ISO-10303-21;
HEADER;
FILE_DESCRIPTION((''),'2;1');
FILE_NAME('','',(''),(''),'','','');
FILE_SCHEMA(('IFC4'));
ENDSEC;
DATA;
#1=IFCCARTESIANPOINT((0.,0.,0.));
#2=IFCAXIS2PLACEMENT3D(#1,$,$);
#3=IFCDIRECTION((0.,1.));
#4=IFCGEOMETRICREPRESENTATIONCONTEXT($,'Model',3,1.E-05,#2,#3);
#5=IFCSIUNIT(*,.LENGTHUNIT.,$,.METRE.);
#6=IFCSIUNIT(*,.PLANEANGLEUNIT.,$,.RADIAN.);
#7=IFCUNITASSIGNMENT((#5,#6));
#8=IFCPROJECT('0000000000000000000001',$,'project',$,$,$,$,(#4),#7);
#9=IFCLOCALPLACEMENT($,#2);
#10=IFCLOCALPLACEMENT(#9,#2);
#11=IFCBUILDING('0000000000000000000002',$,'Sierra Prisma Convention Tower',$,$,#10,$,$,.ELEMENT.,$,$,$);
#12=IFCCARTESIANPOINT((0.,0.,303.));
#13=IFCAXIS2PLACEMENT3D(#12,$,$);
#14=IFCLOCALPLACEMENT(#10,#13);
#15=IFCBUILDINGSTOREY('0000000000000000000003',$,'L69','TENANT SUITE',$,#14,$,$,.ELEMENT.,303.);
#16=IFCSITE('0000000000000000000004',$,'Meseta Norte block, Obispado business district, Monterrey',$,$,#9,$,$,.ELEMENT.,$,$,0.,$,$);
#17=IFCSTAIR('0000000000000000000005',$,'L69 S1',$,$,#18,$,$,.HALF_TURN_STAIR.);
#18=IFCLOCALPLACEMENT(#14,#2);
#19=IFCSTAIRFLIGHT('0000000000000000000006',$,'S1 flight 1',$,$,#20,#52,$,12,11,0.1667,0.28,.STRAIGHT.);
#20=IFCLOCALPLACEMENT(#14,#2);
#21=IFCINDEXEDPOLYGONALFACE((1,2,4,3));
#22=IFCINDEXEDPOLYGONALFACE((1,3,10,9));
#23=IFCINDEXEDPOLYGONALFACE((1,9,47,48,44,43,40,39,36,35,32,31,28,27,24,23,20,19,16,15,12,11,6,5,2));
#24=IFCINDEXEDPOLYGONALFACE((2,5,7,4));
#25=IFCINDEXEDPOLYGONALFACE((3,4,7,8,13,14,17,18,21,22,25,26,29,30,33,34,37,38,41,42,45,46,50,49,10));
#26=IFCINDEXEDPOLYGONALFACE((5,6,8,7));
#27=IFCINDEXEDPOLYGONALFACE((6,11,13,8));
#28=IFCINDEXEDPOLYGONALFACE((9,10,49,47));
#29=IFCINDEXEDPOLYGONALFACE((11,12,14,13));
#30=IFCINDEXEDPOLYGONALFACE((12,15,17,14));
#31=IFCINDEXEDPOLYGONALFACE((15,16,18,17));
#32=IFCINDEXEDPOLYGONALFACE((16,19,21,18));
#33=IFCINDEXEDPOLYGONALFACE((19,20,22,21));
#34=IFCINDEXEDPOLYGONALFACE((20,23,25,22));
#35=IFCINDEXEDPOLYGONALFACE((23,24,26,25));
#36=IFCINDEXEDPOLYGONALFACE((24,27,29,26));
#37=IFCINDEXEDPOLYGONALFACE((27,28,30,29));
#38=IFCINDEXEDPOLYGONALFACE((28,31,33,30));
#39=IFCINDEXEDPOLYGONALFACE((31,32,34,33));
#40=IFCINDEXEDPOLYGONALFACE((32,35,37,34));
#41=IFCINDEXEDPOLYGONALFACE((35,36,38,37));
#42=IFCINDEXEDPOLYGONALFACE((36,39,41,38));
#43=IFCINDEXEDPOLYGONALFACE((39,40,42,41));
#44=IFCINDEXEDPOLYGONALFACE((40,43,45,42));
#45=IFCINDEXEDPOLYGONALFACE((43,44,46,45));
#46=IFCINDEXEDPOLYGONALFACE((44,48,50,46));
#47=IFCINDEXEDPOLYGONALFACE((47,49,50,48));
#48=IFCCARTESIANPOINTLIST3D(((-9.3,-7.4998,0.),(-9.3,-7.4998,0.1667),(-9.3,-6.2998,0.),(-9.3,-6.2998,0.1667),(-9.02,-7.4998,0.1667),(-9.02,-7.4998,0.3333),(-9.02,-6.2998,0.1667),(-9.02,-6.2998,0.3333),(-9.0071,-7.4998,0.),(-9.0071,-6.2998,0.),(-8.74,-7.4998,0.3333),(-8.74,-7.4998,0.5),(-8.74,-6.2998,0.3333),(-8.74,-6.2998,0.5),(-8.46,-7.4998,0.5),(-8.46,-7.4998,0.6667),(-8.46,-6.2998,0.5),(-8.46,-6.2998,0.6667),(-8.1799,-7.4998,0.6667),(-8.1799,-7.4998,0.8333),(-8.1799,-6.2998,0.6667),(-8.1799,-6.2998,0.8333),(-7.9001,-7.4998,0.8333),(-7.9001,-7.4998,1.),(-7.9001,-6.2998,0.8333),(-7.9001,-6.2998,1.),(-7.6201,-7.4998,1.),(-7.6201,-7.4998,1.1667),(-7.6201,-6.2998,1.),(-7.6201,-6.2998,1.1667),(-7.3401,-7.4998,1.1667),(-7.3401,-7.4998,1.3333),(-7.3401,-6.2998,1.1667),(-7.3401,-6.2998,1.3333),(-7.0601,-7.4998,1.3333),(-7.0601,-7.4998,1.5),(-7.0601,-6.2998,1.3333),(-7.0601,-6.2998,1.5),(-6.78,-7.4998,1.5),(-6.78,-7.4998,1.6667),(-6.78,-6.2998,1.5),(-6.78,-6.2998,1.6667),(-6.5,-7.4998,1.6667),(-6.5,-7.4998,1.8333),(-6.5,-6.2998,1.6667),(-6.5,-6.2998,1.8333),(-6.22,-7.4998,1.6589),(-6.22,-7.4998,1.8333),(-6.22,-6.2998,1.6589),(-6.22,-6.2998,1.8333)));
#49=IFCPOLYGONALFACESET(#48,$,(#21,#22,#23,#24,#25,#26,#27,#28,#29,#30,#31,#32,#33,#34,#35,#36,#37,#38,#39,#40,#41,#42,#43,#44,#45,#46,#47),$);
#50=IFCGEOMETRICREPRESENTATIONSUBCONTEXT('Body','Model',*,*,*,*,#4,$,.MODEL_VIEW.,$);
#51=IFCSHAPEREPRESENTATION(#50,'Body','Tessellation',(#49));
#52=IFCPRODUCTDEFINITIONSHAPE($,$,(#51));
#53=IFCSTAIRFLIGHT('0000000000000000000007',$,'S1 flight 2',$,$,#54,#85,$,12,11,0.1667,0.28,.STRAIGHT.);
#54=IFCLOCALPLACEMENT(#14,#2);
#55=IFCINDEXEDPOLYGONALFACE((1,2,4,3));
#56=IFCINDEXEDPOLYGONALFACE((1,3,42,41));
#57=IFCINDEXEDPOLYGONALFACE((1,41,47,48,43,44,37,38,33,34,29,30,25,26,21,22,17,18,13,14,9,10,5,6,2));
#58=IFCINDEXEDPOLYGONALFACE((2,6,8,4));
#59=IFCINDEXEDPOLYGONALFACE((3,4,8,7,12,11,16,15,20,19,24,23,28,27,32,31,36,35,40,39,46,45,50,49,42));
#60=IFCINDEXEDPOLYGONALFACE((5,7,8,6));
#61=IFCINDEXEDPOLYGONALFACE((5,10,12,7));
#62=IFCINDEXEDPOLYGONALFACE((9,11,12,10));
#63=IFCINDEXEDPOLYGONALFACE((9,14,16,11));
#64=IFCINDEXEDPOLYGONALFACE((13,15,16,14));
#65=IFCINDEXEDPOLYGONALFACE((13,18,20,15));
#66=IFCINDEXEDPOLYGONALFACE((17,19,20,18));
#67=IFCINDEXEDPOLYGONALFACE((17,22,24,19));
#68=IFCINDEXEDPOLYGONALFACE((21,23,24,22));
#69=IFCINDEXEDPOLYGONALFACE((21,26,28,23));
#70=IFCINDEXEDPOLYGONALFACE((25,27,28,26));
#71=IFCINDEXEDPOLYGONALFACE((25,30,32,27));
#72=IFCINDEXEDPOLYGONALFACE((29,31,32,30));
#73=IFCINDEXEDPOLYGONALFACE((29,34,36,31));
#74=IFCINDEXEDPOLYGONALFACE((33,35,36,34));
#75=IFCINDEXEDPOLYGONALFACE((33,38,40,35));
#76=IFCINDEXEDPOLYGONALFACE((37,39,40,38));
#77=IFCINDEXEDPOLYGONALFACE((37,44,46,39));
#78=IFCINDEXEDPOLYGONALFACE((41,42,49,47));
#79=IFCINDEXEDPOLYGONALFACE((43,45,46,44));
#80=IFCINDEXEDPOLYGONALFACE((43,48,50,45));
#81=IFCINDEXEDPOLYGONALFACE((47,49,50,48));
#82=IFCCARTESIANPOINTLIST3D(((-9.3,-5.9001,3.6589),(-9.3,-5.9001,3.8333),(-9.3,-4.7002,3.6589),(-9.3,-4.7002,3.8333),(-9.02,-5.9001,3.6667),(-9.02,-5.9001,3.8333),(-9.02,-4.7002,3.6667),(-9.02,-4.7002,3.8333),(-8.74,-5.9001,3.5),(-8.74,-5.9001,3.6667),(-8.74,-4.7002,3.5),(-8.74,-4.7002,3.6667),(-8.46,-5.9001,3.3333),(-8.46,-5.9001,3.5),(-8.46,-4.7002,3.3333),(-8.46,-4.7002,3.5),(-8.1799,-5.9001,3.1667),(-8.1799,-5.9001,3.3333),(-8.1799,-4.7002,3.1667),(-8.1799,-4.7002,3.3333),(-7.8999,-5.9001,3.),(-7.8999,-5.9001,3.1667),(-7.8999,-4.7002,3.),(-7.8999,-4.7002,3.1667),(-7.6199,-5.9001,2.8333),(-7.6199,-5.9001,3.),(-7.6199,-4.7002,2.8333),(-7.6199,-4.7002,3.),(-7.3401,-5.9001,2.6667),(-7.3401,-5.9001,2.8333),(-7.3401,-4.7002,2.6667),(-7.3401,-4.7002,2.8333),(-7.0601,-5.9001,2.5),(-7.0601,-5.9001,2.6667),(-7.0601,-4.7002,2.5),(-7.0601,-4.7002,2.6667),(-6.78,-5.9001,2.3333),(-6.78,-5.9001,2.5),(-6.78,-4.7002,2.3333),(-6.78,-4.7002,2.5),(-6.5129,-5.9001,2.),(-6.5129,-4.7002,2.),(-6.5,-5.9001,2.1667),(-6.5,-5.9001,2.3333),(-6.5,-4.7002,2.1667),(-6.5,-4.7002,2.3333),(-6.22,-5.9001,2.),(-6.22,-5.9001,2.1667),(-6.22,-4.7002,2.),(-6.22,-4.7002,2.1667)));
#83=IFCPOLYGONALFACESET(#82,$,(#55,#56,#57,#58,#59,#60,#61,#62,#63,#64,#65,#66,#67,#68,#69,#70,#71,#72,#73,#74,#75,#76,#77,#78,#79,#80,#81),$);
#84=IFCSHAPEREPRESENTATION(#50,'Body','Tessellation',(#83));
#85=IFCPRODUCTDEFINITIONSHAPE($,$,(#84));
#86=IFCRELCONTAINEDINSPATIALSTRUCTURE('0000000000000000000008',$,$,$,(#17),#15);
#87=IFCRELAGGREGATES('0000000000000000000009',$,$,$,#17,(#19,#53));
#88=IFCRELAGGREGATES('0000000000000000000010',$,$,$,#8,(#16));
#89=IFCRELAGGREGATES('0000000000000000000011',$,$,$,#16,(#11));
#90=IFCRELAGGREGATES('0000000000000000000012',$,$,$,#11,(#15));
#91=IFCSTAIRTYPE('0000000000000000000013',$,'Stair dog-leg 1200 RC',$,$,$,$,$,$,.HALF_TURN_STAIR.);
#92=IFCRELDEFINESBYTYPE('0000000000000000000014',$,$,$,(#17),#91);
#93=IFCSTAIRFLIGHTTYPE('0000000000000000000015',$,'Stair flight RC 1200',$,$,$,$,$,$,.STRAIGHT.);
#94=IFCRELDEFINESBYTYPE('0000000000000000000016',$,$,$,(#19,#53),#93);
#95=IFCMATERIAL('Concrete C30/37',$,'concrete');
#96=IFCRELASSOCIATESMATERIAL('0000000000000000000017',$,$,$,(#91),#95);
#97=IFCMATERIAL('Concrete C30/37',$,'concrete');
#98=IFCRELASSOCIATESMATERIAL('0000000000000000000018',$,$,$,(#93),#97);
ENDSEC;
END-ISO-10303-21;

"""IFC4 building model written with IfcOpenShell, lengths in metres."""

from ifc_helpers import new_model, si_unit, direction, frame, origin, place, context, subcontext, project, spatial, polyline, outline, extrude, material, type_object, element, aggregate, save


model = new_model("IFC4")

# Units and contexts
model_context = context("Model", 3, precision=1e-05, world=origin(), true_north=direction((0.0, 1.0)))
body_context = subcontext(model_context, "Body", "Model", "MODEL_VIEW")
ifc_project = project(units=[si_unit("LENGTHUNIT", "METRE"), si_unit("PLANEANGLEUNIT", "RADIAN")], contexts=[model_context])

# Site, building, storey
site_placement = place(None, origin())
site = spatial("IfcSite", under=ifc_project, at=site_placement, Name="Meseta Norte block, Obispado business district, Monterrey", CompositionType="ELEMENT", RefElevation=0.0)
building_placement = place(site_placement, origin())
building = spatial("IfcBuilding", under=site, at=building_placement, Name="Sierra Prisma Convention Tower", CompositionType="ELEMENT")
storey_placement = place(building_placement, frame((0.0, 0.0, 303.0)))
storey = spatial("IfcBuildingStorey", under=building, at=storey_placement, Name="L69", Description="TENANT SUITE", CompositionType="ELEMENT", Elevation=303.0)

# Stair, stair flights
ifc_material_1 = material(Name="Concrete C30/37", Category="concrete")
stair_type = type_object("IfcStairType", Name="Stair dog-leg 1200 RC", PredefinedType="HALF_TURN_STAIR", material=ifc_material_1)
stair_placement = place(storey_placement, origin())
stair = element("IfcStair", 1, at=stair_placement, inside=storey, type_object=stair_type, Name="L69 S1", PredefinedType="HALF_TURN_STAIR")
ifc_material_2 = material(Name="Concrete C30/37", Category="concrete")
stair_flight_type = type_object("IfcStairFlightType", Name="Stair flight RC 1200", PredefinedType="STRAIGHT", material=ifc_material_2)
stair_flight_1_placement = place(storey_placement, frame((-9.3, -6.8999, 0.0), z_axis=(0.0, 0.0, 1.0), x_axis=(1.0, 0.0, 0.0)))
stair_flight_1 = element("IfcStairFlight", 2, at=stair_flight_1_placement, type_object=stair_flight_type, Name="S1 flight 1", NumberOfRisers=12, NumberOfTreads=11, PredefinedType="STRAIGHT", RiserHeight=0.1667, TreadLength=0.28, context=body_context, shape_type="SweptSolid", body=[
    extrude(outline(polyline([(0.0, 0.0), (0.0, 0.1667), (0.28, 0.1667), (0.28, 0.3333), (0.5601, 0.3333), (0.5601, 0.5), (0.8401, 0.5), (0.8401, 0.6667), (1.1201, 0.6667), (1.1201, 0.8333), (1.3999, 0.8333), (1.3999, 1.0), (1.6799, 1.0), (1.6799, 1.1667), (1.96, 1.1667), (1.96, 1.3333), (2.24, 1.3333), (2.24, 1.5), (2.52, 1.5), (2.52, 1.6667), (2.8, 1.6667), (2.8, 1.8333), (3.0801, 1.8333), (3.0801, 2.0), (3.0801, 1.6589), (0.293, 0.0), (0.0, 0.0)])), frame((0.0, 0.6001, 0.0), z_axis=(0.0, -1.0, 0.0), x_axis=(1.0, 0.0, 0.0)), (0.0, 0.0, 1.0), 1.2),
])
stair_flight_2_placement = place(storey_placement, frame((-6.22, -5.3, 2.0), z_axis=(0.0, 0.0, 1.0), x_axis=(-1.0, 0.0, 0.0)))
stair_flight_2 = element("IfcStairFlight", 3, at=stair_flight_2_placement, type_object=stair_flight_type, Name="S1 flight 2", NumberOfRisers=12, NumberOfTreads=11, PredefinedType="STRAIGHT", RiserHeight=0.1667, TreadLength=0.28, context=body_context, shape_type="SweptSolid", body=[
    extrude(outline(polyline([(0.0, 0.0), (0.0, 0.1667), (0.28, 0.1667), (0.28, 0.3333), (0.5601, 0.3333), (0.5601, 0.5), (0.8401, 0.5), (0.8401, 0.6667), (1.1201, 0.6667), (1.1201, 0.8333), (1.3999, 0.8333), (1.3999, 1.0), (1.6799, 1.0), (1.6799, 1.1667), (1.96, 1.1667), (1.96, 1.3333), (2.24, 1.3333), (2.24, 1.5), (2.52, 1.5), (2.52, 1.6667), (2.8, 1.6667), (2.8, 1.8333), (3.0801, 1.8333), (3.0801, 2.0), (3.0801, 1.6589), (0.293, 0.0), (0.0, 0.0)])), frame((0.0, 0.6001, 0.0), z_axis=(0.0, -1.0, 0.0), x_axis=(1.0, 0.0, 0.0)), (0.0, 0.0, 1.0), 1.2),
])
aggregate(stair, [stair_flight_1, stair_flight_2])

save(model, "model.ifc")
